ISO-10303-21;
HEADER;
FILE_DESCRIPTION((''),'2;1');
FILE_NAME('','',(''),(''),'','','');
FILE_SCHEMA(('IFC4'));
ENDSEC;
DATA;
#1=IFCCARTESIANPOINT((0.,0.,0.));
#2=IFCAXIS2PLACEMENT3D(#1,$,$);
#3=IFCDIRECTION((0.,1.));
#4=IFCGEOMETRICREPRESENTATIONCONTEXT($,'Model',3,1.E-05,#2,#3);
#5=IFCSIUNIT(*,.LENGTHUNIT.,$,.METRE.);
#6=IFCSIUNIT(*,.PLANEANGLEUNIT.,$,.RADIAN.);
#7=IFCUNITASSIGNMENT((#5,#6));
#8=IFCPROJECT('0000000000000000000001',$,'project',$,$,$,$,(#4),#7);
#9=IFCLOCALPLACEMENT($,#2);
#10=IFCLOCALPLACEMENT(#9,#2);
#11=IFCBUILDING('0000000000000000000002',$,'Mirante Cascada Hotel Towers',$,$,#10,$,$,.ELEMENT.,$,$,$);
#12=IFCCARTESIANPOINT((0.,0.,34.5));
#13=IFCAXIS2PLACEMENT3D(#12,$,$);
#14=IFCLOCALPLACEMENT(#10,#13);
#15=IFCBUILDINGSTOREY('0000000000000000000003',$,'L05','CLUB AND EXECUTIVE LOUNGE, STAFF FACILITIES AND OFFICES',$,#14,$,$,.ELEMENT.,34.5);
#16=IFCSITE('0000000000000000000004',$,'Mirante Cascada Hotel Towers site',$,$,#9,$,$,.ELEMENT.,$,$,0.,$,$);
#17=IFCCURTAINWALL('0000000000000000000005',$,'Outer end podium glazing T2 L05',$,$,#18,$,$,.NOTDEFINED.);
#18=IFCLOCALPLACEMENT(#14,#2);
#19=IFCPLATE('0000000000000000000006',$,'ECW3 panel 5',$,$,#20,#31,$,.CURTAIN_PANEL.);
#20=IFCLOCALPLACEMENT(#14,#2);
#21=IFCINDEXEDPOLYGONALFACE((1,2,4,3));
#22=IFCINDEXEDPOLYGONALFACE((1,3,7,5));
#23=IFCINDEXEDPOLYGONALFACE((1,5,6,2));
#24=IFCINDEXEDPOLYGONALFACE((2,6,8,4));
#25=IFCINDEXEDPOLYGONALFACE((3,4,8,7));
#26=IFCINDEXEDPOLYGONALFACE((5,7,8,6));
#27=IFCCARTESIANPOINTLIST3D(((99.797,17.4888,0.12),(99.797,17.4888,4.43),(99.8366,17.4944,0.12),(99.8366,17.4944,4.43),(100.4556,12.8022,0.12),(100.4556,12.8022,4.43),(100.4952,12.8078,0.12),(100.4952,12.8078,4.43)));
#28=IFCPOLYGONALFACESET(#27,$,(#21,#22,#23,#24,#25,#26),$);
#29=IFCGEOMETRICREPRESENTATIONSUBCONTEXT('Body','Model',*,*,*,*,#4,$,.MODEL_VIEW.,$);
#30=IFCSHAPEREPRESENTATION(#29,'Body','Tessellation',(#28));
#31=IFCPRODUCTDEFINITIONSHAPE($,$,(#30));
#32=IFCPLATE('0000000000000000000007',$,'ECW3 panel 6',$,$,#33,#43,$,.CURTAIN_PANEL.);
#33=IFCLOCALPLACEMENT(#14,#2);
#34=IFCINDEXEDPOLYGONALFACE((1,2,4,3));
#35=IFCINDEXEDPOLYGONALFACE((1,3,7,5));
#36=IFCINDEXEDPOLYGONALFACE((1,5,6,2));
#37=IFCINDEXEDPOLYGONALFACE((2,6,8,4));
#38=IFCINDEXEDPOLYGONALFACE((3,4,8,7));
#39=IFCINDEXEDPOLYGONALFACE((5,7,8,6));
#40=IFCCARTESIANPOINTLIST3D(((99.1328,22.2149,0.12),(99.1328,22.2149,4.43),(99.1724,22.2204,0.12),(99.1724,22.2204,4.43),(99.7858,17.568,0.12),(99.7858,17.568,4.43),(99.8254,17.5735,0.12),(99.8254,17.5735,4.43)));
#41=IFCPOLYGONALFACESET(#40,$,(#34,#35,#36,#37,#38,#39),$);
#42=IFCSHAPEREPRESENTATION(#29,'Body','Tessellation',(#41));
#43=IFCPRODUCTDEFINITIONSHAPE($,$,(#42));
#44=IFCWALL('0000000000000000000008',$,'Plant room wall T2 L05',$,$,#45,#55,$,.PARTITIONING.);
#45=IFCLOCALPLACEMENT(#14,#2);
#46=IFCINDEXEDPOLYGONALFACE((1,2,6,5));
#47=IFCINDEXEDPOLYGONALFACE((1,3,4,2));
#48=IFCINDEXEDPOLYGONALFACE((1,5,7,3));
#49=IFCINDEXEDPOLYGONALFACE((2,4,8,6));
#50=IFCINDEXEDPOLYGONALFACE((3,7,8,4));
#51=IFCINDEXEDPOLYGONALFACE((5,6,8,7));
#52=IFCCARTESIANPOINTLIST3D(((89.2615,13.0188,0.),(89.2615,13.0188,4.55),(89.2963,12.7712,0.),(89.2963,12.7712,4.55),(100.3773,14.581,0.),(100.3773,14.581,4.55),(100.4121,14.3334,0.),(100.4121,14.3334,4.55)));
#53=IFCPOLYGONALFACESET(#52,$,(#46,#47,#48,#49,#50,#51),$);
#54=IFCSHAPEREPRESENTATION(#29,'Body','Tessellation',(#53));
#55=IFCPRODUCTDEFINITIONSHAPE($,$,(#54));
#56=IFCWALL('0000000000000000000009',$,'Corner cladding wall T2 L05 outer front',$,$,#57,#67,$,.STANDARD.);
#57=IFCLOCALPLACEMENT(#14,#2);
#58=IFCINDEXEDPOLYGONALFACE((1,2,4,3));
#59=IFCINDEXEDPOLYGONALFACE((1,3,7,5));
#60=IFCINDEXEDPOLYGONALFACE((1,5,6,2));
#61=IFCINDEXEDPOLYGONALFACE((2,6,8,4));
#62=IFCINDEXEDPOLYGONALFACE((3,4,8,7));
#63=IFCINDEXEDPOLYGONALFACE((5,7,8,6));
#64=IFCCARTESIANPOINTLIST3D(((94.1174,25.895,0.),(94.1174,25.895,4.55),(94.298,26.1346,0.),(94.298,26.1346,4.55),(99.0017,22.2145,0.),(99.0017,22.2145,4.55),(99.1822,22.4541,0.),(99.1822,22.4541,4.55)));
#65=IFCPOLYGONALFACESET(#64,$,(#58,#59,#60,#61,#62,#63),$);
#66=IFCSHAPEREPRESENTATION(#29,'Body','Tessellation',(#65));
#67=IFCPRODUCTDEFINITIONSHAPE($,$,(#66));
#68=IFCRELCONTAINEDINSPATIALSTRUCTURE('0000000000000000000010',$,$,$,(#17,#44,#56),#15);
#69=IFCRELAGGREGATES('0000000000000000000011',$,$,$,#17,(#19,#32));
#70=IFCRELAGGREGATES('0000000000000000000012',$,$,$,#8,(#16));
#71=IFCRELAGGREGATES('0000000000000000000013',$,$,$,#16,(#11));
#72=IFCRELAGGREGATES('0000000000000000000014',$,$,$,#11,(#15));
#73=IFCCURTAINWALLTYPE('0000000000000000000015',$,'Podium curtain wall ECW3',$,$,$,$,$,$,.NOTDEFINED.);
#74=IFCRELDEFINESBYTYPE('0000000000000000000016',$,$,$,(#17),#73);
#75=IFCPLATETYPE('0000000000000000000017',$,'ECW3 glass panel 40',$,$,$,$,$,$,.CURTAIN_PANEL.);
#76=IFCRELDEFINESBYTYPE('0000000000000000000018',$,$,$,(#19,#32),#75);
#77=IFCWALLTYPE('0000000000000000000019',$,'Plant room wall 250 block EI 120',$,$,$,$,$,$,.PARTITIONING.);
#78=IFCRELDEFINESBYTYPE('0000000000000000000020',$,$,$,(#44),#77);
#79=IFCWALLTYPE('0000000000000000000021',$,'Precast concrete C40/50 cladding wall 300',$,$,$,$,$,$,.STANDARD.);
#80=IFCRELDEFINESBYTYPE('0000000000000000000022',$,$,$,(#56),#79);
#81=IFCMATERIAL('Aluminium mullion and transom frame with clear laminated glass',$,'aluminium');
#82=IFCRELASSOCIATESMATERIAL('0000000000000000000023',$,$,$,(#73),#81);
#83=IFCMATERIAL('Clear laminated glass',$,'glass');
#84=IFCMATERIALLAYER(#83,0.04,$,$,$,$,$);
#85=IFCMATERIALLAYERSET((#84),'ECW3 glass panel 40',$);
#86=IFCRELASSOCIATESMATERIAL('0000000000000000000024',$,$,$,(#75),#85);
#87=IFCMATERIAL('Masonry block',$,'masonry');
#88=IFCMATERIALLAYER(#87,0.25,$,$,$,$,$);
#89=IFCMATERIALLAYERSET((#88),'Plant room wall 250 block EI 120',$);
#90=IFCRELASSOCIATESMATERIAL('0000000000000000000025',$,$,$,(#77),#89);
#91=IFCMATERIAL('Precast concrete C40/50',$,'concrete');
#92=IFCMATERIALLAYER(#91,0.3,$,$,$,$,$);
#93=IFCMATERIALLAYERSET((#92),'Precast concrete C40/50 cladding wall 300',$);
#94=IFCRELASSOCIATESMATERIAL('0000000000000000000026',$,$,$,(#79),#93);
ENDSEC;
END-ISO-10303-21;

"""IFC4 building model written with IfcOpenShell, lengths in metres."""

from ifc_helpers import new_model, si_unit, direction, frame, frame_2d, origin, origin_2d, place, context, subcontext, project, spatial, rectangle, extrude, material, layer, layer_set, type_object, element, aggregate, save


model = new_model("IFC4")

# Units and contexts
model_context = context("Model", 3, precision=1e-05, world=origin(), true_north=direction((0.0, 1.0)))
body_context = subcontext(model_context, "Body", "Model", "MODEL_VIEW")
ifc_project = project(units=[si_unit("LENGTHUNIT", "METRE"), si_unit("PLANEANGLEUNIT", "RADIAN")], contexts=[model_context])

# Site, building, storey
site_placement = place(None, origin())
site = spatial("IfcSite", under=ifc_project, at=site_placement, Name="Mirante Cascada Hotel Towers site", CompositionType="ELEMENT", RefElevation=0.0)
building_placement = place(site_placement, origin())
building = spatial("IfcBuilding", under=site, at=building_placement, Name="Mirante Cascada Hotel Towers", CompositionType="ELEMENT")
storey_placement = place(building_placement, frame((0.0, 0.0, 34.5)))
storey = spatial("IfcBuildingStorey", under=building, at=storey_placement, Name="L05", Description="CLUB AND EXECUTIVE LOUNGE, STAFF FACILITIES AND OFFICES", CompositionType="ELEMENT", Elevation=34.5)

# Shared definitions
ifc_material_1 = material(Name="Aluminium mullion and transom frame with clear laminated glass", Category="aluminium")
curtain_wall_type = type_object("IfcCurtainWallType", Name="Podium curtain wall ECW3", PredefinedType="NOTDEFINED", material=ifc_material_1)

# Curtain wall
curtain_wall_1_placement = place(storey_placement, origin())
curtain_wall_1 = element("IfcCurtainWall", 1, at=curtain_wall_1_placement, inside=storey, type_object=curtain_wall_type, Name="Outer end podium glazing T2 L05", PredefinedType="NOTDEFINED")

# Plates
ifc_material_2 = material(Name="Clear laminated glass", Category="glass")
ifc_layer_1 = layer(ifc_material_2, 0.04)
ifc_layer_set_1 = layer_set([ifc_layer_1], Name="ECW3 glass panel 40")
plate_type = type_object("IfcPlateType", Name="ECW3 glass panel 40", PredefinedType="CURTAIN_PANEL", material=ifc_layer_set_1)
plate_1_placement = place(storey_placement, frame((100.1461, 15.1483, 0.12), z_axis=(0.0, 0.0, 1.0), x_axis=(-0.139173, 0.990268, 0.0)))
plate_1 = element("IfcPlate", 2, at=plate_1_placement, type_object=plate_type, Name="ECW3 panel 5", PredefinedType="CURTAIN_PANEL", context=body_context, shape_type="SweptSolid", body=[
    extrude(rectangle(XDim=4.7326, YDim=0.04, at=origin_2d()), origin(), (0.0, 0.0, 1.0), 4.31),
])
plate_2_placement = place(storey_placement, frame((99.4791, 19.8942, 0.12), z_axis=(0.0, 0.0, 1.0), x_axis=(-0.139173, 0.990268, 0.0)))
plate_2 = element("IfcPlate", 3, at=plate_2_placement, type_object=plate_type, Name="ECW3 panel 6", PredefinedType="CURTAIN_PANEL", context=body_context, shape_type="SweptSolid", body=[
    extrude(rectangle(XDim=4.6926, YDim=0.04, at=origin_2d()), origin(), (0.0, 0.0, 1.0), 4.31),
])
aggregate(curtain_wall_1, [plate_1, plate_2])

# Walls
ifc_material_3 = material(Name="Masonry block", Category="masonry")
ifc_layer_2 = layer(ifc_material_3, 0.25)
ifc_layer_set_2 = layer_set([ifc_layer_2], Name="Plant room wall 250 block EI 120")
wall_type_1 = type_object("IfcWallType", Name="Plant room wall 250 block EI 120", PredefinedType="PARTITIONING", material=ifc_layer_set_2)
wall_1_placement = place(storey_placement, frame((89.2789, 12.895, 0.0), z_axis=(0.0, 0.0, 1.0), x_axis=(0.990268, 0.139171, 0.0)))
element("IfcWall", 4, at=wall_1_placement, inside=storey, type_object=wall_type_1, Name="Plant room wall T2 L05", PredefinedType="PARTITIONING", context=body_context, shape_type="SweptSolid", body=[
    extrude(rectangle(XDim=11.225, YDim=0.25, at=frame_2d((5.6125, 0.0))), origin(), (0.0, 0.0, 1.0), 4.55),
])
ifc_material_4 = material(Name="Precast concrete C40/50", Category="concrete")
ifc_layer_3 = layer(ifc_material_4, 0.3)
ifc_layer_set_3 = layer_set([ifc_layer_3], Name="Precast concrete C40/50 cladding wall 300")
wall_type_2 = type_object("IfcWallType", Name="Precast concrete C40/50 cladding wall 300", PredefinedType="STANDARD", material=ifc_layer_set_3)
wall_2_placement = place(storey_placement, frame((99.0919, 22.3343, 0.0), z_axis=(0.0, 0.0, 1.0), x_axis=(-0.798636, 0.601814, 0.0)))
element("IfcWall", 5, at=wall_2_placement, inside=storey, type_object=wall_type_2, Name="Corner cladding wall T2 L05 outer front", PredefinedType="STANDARD", context=body_context, shape_type="SweptSolid", body=[
    extrude(rectangle(XDim=6.1157, YDim=0.3, at=frame_2d((3.0578, 0.0))), origin(), (0.0, 0.0, 1.0), 4.55),
])

save(model, "model.ifc")
